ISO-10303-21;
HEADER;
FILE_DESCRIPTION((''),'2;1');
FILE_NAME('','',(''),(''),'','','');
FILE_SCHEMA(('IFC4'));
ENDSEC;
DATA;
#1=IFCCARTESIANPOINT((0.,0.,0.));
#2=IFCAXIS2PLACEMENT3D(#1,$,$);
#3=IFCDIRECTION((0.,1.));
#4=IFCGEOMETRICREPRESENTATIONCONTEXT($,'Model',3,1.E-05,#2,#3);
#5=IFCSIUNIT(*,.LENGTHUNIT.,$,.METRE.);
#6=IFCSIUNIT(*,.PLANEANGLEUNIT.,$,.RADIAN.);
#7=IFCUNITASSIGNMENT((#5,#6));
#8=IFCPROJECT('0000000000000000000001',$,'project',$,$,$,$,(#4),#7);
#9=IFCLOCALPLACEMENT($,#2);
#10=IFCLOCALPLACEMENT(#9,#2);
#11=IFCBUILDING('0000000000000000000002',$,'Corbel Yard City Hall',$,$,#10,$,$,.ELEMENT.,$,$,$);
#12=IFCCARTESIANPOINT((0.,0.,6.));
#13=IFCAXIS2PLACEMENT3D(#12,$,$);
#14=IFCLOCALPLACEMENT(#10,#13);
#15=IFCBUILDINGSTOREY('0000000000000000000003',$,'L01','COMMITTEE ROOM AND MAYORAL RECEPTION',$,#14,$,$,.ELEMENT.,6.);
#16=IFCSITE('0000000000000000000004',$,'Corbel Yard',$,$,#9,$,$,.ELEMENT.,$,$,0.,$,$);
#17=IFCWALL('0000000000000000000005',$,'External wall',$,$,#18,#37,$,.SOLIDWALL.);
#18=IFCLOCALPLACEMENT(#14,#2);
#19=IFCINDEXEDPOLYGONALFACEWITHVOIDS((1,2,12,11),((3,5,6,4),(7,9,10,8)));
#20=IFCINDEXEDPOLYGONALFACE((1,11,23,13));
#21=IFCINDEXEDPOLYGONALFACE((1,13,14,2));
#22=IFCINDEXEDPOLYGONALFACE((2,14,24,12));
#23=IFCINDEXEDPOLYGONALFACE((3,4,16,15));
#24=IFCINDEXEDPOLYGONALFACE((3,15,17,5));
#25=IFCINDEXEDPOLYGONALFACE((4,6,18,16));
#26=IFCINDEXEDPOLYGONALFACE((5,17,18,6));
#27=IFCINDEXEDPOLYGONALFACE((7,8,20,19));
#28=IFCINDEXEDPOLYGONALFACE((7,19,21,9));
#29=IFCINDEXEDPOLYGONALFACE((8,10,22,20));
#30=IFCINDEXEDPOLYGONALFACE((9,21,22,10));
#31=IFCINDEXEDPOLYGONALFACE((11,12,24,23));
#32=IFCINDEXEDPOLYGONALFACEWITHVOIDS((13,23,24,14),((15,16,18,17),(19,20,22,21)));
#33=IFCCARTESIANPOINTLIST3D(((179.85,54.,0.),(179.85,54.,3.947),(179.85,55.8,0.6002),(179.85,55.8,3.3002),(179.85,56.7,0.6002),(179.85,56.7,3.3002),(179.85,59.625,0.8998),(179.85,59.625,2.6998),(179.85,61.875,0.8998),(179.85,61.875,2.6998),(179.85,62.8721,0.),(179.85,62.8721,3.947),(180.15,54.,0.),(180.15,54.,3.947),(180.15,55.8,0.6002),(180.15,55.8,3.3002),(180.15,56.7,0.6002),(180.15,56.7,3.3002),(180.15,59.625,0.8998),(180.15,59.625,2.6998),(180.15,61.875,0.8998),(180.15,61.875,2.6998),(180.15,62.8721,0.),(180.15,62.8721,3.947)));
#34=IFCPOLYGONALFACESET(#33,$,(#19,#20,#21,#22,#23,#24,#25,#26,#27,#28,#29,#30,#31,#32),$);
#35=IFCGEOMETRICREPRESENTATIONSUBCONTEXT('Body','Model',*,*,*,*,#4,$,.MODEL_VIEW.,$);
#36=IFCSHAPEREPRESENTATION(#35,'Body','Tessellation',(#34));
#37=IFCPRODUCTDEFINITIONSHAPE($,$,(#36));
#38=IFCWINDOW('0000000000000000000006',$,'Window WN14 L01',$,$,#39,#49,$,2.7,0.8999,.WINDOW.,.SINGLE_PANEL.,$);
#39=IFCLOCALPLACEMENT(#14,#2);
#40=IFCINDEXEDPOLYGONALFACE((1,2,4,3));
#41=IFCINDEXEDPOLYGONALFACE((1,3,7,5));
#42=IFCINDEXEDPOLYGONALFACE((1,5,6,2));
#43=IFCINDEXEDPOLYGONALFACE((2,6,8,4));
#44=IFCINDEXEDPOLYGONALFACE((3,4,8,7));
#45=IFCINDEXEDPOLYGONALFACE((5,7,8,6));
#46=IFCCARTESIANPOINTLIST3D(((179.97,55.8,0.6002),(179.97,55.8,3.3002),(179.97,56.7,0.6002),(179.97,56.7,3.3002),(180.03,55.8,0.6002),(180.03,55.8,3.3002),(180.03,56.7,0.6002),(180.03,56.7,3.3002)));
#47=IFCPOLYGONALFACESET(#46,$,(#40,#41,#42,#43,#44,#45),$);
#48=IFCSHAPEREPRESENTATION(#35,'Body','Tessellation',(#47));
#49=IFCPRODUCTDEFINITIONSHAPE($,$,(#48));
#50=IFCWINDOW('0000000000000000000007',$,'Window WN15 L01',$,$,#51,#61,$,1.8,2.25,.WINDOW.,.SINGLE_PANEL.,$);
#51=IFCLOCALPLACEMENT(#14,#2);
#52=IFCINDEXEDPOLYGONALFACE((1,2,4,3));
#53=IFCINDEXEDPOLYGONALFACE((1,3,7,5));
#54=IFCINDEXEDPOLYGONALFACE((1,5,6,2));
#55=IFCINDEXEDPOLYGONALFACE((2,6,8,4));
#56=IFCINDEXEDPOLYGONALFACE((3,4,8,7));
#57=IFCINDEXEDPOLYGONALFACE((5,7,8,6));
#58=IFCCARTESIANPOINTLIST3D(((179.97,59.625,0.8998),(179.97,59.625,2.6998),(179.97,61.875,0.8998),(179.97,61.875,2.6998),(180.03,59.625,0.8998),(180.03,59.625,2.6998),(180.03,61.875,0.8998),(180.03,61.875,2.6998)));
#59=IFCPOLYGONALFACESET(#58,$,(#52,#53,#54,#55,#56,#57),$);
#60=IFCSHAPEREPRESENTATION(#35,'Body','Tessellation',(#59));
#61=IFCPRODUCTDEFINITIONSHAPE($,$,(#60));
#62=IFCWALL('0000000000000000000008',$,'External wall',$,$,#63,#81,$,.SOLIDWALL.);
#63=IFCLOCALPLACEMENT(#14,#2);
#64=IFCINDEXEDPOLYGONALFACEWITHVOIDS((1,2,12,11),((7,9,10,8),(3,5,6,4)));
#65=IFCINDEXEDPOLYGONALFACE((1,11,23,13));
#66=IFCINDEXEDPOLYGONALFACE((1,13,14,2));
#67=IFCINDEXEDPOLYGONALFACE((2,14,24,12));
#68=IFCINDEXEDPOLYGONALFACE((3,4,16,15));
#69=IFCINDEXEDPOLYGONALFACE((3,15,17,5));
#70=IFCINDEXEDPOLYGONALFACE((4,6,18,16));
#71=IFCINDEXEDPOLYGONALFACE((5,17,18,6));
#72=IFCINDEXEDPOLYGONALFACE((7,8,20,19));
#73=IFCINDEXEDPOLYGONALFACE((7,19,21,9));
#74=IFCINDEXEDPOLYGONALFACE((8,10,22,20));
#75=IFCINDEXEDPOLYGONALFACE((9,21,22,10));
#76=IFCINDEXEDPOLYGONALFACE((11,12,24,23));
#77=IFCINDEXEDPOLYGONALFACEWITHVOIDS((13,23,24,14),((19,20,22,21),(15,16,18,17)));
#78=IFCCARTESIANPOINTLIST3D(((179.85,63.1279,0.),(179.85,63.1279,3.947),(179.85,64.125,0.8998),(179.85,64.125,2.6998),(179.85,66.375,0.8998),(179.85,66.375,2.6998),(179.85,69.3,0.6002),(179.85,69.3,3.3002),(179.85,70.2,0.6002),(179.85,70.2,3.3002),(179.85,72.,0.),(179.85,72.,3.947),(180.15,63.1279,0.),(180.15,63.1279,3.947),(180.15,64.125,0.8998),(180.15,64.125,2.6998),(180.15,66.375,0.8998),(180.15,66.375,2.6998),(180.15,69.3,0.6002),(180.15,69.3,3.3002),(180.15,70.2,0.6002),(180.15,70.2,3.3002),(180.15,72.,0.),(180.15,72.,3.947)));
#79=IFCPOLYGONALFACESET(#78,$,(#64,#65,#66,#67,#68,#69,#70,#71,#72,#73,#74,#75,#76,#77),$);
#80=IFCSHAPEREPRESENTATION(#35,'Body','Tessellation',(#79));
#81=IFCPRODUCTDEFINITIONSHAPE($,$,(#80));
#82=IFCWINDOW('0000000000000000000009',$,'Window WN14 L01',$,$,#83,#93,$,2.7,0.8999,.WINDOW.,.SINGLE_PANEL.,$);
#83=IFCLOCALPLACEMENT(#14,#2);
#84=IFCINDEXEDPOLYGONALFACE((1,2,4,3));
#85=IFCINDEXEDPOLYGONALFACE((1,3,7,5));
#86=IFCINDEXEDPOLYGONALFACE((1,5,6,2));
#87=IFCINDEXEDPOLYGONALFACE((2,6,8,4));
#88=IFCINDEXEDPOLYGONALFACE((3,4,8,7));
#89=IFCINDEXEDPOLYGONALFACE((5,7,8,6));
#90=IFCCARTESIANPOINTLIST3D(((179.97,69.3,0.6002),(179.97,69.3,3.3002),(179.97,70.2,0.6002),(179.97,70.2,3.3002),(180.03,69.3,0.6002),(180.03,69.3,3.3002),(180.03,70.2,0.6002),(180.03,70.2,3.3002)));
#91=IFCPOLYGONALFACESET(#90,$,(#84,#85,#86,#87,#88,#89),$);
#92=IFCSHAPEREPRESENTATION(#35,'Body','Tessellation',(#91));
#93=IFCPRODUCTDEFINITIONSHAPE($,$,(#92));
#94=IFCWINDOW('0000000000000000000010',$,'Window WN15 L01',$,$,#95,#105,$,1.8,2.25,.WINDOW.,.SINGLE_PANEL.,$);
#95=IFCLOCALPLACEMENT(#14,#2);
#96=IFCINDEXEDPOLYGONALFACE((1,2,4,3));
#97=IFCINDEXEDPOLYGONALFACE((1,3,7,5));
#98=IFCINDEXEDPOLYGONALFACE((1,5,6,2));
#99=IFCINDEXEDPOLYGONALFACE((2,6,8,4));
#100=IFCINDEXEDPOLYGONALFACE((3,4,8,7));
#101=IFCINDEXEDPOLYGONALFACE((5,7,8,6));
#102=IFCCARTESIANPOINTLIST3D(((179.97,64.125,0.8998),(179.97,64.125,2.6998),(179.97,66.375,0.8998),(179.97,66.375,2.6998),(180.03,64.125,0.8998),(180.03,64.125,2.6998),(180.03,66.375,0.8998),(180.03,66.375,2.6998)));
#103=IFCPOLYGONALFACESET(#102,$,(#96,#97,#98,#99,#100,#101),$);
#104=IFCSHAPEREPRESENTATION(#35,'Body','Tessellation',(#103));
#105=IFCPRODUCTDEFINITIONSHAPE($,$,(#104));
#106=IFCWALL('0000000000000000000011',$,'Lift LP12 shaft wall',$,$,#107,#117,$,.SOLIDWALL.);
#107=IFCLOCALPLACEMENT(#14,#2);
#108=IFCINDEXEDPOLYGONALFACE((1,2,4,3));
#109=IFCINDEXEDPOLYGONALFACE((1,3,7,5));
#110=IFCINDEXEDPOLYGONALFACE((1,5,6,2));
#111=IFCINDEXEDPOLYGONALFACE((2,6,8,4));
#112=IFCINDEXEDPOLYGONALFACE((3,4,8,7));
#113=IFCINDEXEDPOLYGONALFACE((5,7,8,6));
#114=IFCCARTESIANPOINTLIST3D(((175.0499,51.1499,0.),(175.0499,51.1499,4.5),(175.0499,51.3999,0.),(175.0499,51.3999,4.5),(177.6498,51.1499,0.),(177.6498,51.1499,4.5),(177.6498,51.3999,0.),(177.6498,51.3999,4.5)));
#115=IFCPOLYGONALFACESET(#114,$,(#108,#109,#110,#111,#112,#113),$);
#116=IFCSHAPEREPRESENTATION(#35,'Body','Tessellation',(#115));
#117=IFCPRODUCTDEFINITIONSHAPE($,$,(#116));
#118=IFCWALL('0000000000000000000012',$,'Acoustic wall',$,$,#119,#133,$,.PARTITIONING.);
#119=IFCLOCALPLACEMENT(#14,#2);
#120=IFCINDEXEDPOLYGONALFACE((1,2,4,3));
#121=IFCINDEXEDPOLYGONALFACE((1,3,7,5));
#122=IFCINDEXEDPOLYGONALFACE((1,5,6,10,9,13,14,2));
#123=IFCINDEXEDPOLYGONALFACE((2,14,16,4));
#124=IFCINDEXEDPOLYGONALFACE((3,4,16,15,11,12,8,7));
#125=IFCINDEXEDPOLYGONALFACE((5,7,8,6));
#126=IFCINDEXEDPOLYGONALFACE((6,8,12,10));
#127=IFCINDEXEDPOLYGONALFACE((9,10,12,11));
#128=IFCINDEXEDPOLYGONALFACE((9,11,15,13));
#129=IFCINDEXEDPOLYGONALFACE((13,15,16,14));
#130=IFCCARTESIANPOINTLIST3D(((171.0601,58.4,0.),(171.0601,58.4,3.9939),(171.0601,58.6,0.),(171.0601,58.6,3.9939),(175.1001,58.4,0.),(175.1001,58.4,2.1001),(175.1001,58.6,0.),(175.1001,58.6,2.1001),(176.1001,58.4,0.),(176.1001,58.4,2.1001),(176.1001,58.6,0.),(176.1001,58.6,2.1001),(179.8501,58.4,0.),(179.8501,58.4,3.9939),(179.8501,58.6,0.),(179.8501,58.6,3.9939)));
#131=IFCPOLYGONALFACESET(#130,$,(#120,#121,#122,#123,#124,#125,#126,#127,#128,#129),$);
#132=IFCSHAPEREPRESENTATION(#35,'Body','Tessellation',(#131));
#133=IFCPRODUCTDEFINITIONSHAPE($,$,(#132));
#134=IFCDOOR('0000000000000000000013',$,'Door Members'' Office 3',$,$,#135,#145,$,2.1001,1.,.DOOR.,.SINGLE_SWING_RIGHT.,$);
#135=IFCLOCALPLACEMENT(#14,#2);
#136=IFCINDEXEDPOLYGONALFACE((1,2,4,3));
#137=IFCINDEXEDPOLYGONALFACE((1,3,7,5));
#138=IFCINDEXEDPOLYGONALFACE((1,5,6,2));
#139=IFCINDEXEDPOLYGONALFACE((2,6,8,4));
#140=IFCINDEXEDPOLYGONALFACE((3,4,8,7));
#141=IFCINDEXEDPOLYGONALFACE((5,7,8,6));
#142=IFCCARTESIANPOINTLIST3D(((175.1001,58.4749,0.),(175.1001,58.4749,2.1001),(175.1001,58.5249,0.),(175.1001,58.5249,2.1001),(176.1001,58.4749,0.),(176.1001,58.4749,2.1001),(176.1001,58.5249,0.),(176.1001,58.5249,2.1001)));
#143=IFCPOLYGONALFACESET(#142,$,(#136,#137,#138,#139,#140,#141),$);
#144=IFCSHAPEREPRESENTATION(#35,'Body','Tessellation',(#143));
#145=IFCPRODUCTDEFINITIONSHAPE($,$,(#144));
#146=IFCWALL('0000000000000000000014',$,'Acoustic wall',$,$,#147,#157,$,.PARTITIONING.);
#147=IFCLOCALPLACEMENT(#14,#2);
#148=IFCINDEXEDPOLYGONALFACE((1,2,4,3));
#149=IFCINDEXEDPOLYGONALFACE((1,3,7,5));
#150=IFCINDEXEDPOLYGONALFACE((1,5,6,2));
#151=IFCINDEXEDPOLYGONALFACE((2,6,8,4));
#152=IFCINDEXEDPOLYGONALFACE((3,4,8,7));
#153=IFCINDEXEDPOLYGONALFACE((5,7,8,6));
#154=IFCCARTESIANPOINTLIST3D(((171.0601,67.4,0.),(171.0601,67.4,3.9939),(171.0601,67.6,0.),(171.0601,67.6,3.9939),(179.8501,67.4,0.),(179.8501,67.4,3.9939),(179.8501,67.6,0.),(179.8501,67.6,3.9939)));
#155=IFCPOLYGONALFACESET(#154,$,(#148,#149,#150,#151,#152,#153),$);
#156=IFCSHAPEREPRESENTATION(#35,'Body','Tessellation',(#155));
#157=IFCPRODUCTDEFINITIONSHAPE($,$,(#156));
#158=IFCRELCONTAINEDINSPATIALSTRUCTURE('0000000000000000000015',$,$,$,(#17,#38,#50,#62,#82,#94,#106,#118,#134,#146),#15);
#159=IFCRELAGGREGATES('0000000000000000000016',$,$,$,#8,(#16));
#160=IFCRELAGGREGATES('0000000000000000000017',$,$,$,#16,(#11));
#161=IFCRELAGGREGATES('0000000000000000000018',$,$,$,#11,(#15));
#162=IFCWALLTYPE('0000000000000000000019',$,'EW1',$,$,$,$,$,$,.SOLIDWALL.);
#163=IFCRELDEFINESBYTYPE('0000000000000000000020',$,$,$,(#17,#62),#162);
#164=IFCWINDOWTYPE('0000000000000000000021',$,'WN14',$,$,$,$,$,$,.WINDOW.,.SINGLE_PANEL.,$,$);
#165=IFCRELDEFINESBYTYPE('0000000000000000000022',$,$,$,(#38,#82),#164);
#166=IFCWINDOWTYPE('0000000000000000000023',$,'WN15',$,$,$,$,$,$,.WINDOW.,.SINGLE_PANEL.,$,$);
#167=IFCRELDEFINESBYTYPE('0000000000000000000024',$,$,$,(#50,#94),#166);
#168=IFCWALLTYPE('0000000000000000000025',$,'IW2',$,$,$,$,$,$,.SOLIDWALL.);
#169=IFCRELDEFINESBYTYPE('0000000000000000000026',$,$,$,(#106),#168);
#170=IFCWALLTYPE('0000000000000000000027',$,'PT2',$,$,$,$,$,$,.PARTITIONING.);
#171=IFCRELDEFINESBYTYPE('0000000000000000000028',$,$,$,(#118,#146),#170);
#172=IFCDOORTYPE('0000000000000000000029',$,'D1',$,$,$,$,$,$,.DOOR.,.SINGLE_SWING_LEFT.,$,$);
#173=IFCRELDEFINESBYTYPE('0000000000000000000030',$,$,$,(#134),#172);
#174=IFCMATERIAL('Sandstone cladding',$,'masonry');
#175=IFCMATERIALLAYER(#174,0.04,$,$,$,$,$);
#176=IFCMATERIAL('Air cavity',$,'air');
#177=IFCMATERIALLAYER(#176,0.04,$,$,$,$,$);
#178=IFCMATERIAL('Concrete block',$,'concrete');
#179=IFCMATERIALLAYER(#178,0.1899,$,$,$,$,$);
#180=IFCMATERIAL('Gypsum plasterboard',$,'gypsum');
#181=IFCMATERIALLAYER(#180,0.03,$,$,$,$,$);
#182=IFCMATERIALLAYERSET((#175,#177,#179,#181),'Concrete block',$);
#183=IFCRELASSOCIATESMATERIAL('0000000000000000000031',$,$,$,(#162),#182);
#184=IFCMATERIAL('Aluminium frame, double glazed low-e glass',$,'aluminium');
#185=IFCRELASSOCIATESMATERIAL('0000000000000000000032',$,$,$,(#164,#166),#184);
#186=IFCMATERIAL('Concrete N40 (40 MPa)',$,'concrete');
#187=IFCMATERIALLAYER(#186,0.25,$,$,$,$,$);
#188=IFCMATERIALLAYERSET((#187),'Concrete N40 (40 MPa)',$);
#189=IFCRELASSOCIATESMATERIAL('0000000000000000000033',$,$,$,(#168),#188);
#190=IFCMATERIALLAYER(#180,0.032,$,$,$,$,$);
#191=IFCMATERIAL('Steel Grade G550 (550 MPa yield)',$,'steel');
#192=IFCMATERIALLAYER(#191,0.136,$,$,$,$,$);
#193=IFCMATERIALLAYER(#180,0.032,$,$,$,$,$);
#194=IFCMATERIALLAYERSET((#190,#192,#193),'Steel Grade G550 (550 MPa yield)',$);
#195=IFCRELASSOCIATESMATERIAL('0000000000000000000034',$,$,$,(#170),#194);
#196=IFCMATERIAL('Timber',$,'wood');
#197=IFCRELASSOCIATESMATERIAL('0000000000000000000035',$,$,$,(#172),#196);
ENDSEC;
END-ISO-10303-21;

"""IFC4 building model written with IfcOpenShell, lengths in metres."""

from ifc_helpers import new_model, si_unit, direction, frame, frame_2d, origin, place, context, subcontext, project, spatial, rectangle, extrude, material, layer, layer_set, type_object, element, fill, save


model = new_model("IFC4")

# Units and contexts
model_context = context("Model", 3, precision=1e-05, world=origin(), true_north=direction((0.0, 1.0)))
body_context = subcontext(model_context, "Body", "Model", "MODEL_VIEW")
ifc_project = project(units=[si_unit("LENGTHUNIT", "METRE"), si_unit("PLANEANGLEUNIT", "RADIAN")], contexts=[model_context])

# Site, building, storey
site_placement = place(None, origin())
site = spatial("IfcSite", under=ifc_project, at=site_placement, Name="Corbel Yard", CompositionType="ELEMENT", RefElevation=0.0)
building_placement = place(site_placement, origin())
building = spatial("IfcBuilding", under=site, at=building_placement, Name="Corbel Yard City Hall", CompositionType="ELEMENT")
storey_placement = place(building_placement, frame((0.0, 0.0, 6.0)))
storey = spatial("IfcBuildingStorey", under=building, at=storey_placement, Name="L01", Description="COMMITTEE ROOM AND MAYORAL RECEPTION", CompositionType="ELEMENT", Elevation=6.0)

# Walls, openings, windows
ifc_material_1 = material(Name="Sandstone cladding", Category="masonry")
ifc_layer_1 = layer(ifc_material_1, 0.04)
ifc_material_2 = material(Name="Air cavity", Category="air")
ifc_layer_2 = layer(ifc_material_2, 0.04)
ifc_material_3 = material(Name="Concrete block", Category="concrete")
ifc_layer_3 = layer(ifc_material_3, 0.1899)
ifc_material_4 = material(Name="Gypsum plasterboard", Category="gypsum")
ifc_layer_4 = layer(ifc_material_4, 0.03)
ifc_layer_set_1 = layer_set([ifc_layer_1, ifc_layer_2, ifc_layer_3, ifc_layer_4], Name="Concrete block")
wall_type_1 = type_object("IfcWallType", Name="EW1", PredefinedType="SOLIDWALL", material=ifc_layer_set_1)
wall_1_placement = place(storey_placement, frame((180.0, 54.0, 0.0), z_axis=(0.0, 0.0, 1.0), x_axis=(0.0, 1.0, 0.0)))
wall_1 = element("IfcWall", 1, at=wall_1_placement, inside=storey, type_object=wall_type_1, Name="External wall", PredefinedType="SOLIDWALL", context=body_context, shape_type="SweptSolid", body=[
    extrude(rectangle(XDim=8.8721, YDim=0.3, at=frame_2d((4.436, 0.0))), origin(), (0.0, 0.0, 1.0), 3.947),
])
opening_1_placement = place(wall_1_placement, frame((1.8, 0.0, 0.6001)))
opening_1 = element("IfcOpeningElement", 2, at=opening_1_placement, cuts=wall_1, PredefinedType="OPENING", context=body_context, shape_type="SweptSolid", body=[
    extrude(rectangle(XDim=0.8999, YDim=2.7, at=frame_2d((0.45, 1.3501))), frame((0.0, 0.1599, 0.0), z_axis=(0.0, -1.0, 0.0), x_axis=(1.0, 0.0, 0.0)), (0.0, 0.0, 1.0), 0.3201),
])
opening_2_placement = place(wall_1_placement, frame((5.625, 0.0, 0.8999)))
opening_2 = element("IfcOpeningElement", 3, at=opening_2_placement, cuts=wall_1, PredefinedType="OPENING", context=body_context, shape_type="SweptSolid", body=[
    extrude(rectangle(XDim=2.25, YDim=1.8, at=frame_2d((1.125, 0.8999))), frame((0.0, 0.1599, 0.0), z_axis=(0.0, -1.0, 0.0), x_axis=(1.0, 0.0, 0.0)), (0.0, 0.0, 1.0), 0.3201),
])
ifc_material_5 = material(Name="Aluminium frame, double glazed low-e glass", Category="aluminium")
window_type_1 = type_object("IfcWindowType", Name="WN14", PartitioningType="SINGLE_PANEL", PredefinedType="WINDOW", material=ifc_material_5)
window_1_placement = place(opening_1_placement, origin())
window_1 = element("IfcWindow", 4, at=window_1_placement, inside=storey, type_object=window_type_1, Name="Window WN14 L01", OverallHeight=2.7, OverallWidth=0.8999, PartitioningType="SINGLE_PANEL", PredefinedType="WINDOW", context=body_context, shape_type="SweptSolid", body=[
    extrude(rectangle(XDim=0.8999, YDim=2.7, at=frame_2d((0.45, 1.3501))), frame((0.0, 0.03, 0.0), z_axis=(0.0, -1.0, 0.0), x_axis=(1.0, 0.0, 0.0)), (0.0, 0.0, 1.0), 0.0601),
])
fill(opening_1, window_1)
window_type_2 = type_object("IfcWindowType", Name="WN15", PartitioningType="SINGLE_PANEL", PredefinedType="WINDOW", material=ifc_material_5)
window_2_placement = place(opening_2_placement, origin())
window_2 = element("IfcWindow", 5, at=window_2_placement, inside=storey, type_object=window_type_2, Name="Window WN15 L01", OverallHeight=1.8, OverallWidth=2.25, PartitioningType="SINGLE_PANEL", PredefinedType="WINDOW", context=body_context, shape_type="SweptSolid", body=[
    extrude(rectangle(XDim=2.25, YDim=1.8, at=frame_2d((1.125, 0.8999))), frame((0.0, 0.03, 0.0), z_axis=(0.0, -1.0, 0.0), x_axis=(1.0, 0.0, 0.0)), (0.0, 0.0, 1.0), 0.0601),
])
fill(opening_2, window_2)
wall_2_placement = place(storey_placement, frame((180.0, 63.1279, 0.0), z_axis=(0.0, 0.0, 1.0), x_axis=(0.0, 1.0, 0.0)))
wall_2 = element("IfcWall", 6, at=wall_2_placement, inside=storey, type_object=wall_type_1, Name="External wall", PredefinedType="SOLIDWALL", context=body_context, shape_type="SweptSolid", body=[
    extrude(rectangle(XDim=8.8721, YDim=0.3, at=frame_2d((4.436, 0.0))), origin(), (0.0, 0.0, 1.0), 3.947),
])
opening_3_placement = place(wall_2_placement, frame((0.9971, 0.0, 0.8999)))
opening_3 = element("IfcOpeningElement", 7, at=opening_3_placement, cuts=wall_2, PredefinedType="OPENING", context=body_context, shape_type="SweptSolid", body=[
    extrude(rectangle(XDim=2.25, YDim=1.8, at=frame_2d((1.125, 0.8999))), frame((0.0, 0.1599, 0.0), z_axis=(0.0, -1.0, 0.0), x_axis=(1.0, 0.0, 0.0)), (0.0, 0.0, 1.0), 0.3201),
])
opening_4_placement = place(wall_2_placement, frame((6.1721, 0.0, 0.6001)))
opening_4 = element("IfcOpeningElement", 8, at=opening_4_placement, cuts=wall_2, PredefinedType="OPENING", context=body_context, shape_type="SweptSolid", body=[
    extrude(rectangle(XDim=0.8999, YDim=2.7, at=frame_2d((0.45, 1.3501))), frame((0.0, 0.1599, 0.0), z_axis=(0.0, -1.0, 0.0), x_axis=(1.0, 0.0, 0.0)), (0.0, 0.0, 1.0), 0.3201),
])
window_3_placement = place(opening_4_placement, origin())
window_3 = element("IfcWindow", 9, at=window_3_placement, inside=storey, type_object=window_type_1, Name="Window WN14 L01", OverallHeight=2.7, OverallWidth=0.8999, PartitioningType="SINGLE_PANEL", PredefinedType="WINDOW", context=body_context, shape_type="SweptSolid", body=[
    extrude(rectangle(XDim=0.8999, YDim=2.7, at=frame_2d((0.45, 1.3501))), frame((0.0, 0.03, 0.0), z_axis=(0.0, -1.0, 0.0), x_axis=(1.0, 0.0, 0.0)), (0.0, 0.0, 1.0), 0.0601),
])
fill(opening_4, window_3)
window_4_placement = place(opening_3_placement, origin())
window_4 = element("IfcWindow", 10, at=window_4_placement, inside=storey, type_object=window_type_2, Name="Window WN15 L01", OverallHeight=1.8, OverallWidth=2.25, PartitioningType="SINGLE_PANEL", PredefinedType="WINDOW", context=body_context, shape_type="SweptSolid", body=[
    extrude(rectangle(XDim=2.25, YDim=1.8, at=frame_2d((1.125, 0.8999))), frame((0.0, 0.03, 0.0), z_axis=(0.0, -1.0, 0.0), x_axis=(1.0, 0.0, 0.0)), (0.0, 0.0, 1.0), 0.0601),
])
fill(opening_3, window_4)

# Wall
ifc_material_6 = material(Name="Concrete N40 (40 MPa)", Category="concrete")
ifc_layer_5 = layer(ifc_material_6, 0.25)
ifc_layer_set_2 = layer_set([ifc_layer_5], Name="Concrete N40 (40 MPa)")
wall_type_2 = type_object("IfcWallType", Name="IW2", PredefinedType="SOLIDWALL", material=ifc_layer_set_2)
wall_3_placement = place(storey_placement, frame((175.05, 51.2749, 0.0), z_axis=(0.0, 0.0, 1.0), x_axis=(1.0, 0.0, 0.0)))
element("IfcWall", 11, at=wall_3_placement, inside=storey, type_object=wall_type_2, Name="Lift LP12 shaft wall", PredefinedType="SOLIDWALL", context=body_context, shape_type="SweptSolid", body=[
    extrude(rectangle(XDim=2.5999, YDim=0.25, at=frame_2d((1.2998, 0.0))), origin(), (0.0, 0.0, 1.0), 4.5),
])

# Wall, opening, door
ifc_layer_6 = layer(ifc_material_4, 0.032)
ifc_material_7 = material(Name="Steel Grade G550 (550 MPa yield)", Category="steel")
ifc_layer_7 = layer(ifc_material_7, 0.136)
ifc_layer_8 = layer(ifc_material_4, 0.032)
ifc_layer_set_3 = layer_set([ifc_layer_6, ifc_layer_7, ifc_layer_8], Name="Steel Grade G550 (550 MPa yield)")
wall_type_3 = type_object("IfcWallType", Name="PT2", PredefinedType="PARTITIONING", material=ifc_layer_set_3)
wall_4_placement = place(storey_placement, frame((171.0601, 58.5, 0.0), z_axis=(0.0, 0.0, 1.0), x_axis=(1.0, 0.0, 0.0)))
wall_4 = element("IfcWall", 12, at=wall_4_placement, inside=storey, type_object=wall_type_3, Name="Acoustic wall", PredefinedType="PARTITIONING", context=body_context, shape_type="SweptSolid", body=[
    extrude(rectangle(XDim=8.79, YDim=0.2, at=frame_2d((4.395, 0.0))), origin(), (0.0, 0.0, 1.0), 3.9939),
])
opening_5_placement = place(wall_4_placement, frame((4.04, 0.0, 0.0)))
opening_5 = element("IfcOpeningElement", 13, at=opening_5_placement, cuts=wall_4, PredefinedType="OPENING", context=body_context, shape_type="SweptSolid", body=[
    extrude(rectangle(XDim=1.0, YDim=2.1001, at=frame_2d((0.5, 1.05))), frame((0.0, 0.1099, 0.0), z_axis=(0.0, -1.0, 0.0), x_axis=(1.0, 0.0, 0.0)), (0.0, 0.0, 1.0), 0.22),
])
ifc_material_8 = material(Name="Timber", Category="wood")
door_type_1 = type_object("IfcDoorType", Name="D1", OperationType="SINGLE_SWING_LEFT", PredefinedType="DOOR", material=ifc_material_8)
door_1_placement = place(opening_5_placement, origin())
door_1 = element("IfcDoor", 14, at=door_1_placement, inside=storey, type_object=door_type_1, Name="Door Members' Office 3", OperationType="SINGLE_SWING_RIGHT", OverallHeight=2.1001, OverallWidth=1.0, PredefinedType="DOOR", context=body_context, shape_type="SweptSolid", body=[
    extrude(rectangle(XDim=1.0, YDim=2.1001, at=frame_2d((0.5, 1.05))), frame((0.0, 0.0249, 0.0), z_axis=(0.0, -1.0, 0.0), x_axis=(1.0, 0.0, 0.0)), (0.0, 0.0, 1.0), 0.05),
])
fill(opening_5, door_1)

# Wall
wall_5_placement = place(storey_placement, frame((171.0601, 67.5, 0.0), z_axis=(0.0, 0.0, 1.0), x_axis=(1.0, 0.0, 0.0)))
element("IfcWall", 15, at=wall_5_placement, inside=storey, type_object=wall_type_3, Name="Acoustic wall", PredefinedType="PARTITIONING", context=body_context, shape_type="SweptSolid", body=[
    extrude(rectangle(XDim=8.79, YDim=0.2, at=frame_2d((4.395, 0.0))), origin(), (0.0, 0.0, 1.0), 3.9939),
])

save(model, "model.ifc")
